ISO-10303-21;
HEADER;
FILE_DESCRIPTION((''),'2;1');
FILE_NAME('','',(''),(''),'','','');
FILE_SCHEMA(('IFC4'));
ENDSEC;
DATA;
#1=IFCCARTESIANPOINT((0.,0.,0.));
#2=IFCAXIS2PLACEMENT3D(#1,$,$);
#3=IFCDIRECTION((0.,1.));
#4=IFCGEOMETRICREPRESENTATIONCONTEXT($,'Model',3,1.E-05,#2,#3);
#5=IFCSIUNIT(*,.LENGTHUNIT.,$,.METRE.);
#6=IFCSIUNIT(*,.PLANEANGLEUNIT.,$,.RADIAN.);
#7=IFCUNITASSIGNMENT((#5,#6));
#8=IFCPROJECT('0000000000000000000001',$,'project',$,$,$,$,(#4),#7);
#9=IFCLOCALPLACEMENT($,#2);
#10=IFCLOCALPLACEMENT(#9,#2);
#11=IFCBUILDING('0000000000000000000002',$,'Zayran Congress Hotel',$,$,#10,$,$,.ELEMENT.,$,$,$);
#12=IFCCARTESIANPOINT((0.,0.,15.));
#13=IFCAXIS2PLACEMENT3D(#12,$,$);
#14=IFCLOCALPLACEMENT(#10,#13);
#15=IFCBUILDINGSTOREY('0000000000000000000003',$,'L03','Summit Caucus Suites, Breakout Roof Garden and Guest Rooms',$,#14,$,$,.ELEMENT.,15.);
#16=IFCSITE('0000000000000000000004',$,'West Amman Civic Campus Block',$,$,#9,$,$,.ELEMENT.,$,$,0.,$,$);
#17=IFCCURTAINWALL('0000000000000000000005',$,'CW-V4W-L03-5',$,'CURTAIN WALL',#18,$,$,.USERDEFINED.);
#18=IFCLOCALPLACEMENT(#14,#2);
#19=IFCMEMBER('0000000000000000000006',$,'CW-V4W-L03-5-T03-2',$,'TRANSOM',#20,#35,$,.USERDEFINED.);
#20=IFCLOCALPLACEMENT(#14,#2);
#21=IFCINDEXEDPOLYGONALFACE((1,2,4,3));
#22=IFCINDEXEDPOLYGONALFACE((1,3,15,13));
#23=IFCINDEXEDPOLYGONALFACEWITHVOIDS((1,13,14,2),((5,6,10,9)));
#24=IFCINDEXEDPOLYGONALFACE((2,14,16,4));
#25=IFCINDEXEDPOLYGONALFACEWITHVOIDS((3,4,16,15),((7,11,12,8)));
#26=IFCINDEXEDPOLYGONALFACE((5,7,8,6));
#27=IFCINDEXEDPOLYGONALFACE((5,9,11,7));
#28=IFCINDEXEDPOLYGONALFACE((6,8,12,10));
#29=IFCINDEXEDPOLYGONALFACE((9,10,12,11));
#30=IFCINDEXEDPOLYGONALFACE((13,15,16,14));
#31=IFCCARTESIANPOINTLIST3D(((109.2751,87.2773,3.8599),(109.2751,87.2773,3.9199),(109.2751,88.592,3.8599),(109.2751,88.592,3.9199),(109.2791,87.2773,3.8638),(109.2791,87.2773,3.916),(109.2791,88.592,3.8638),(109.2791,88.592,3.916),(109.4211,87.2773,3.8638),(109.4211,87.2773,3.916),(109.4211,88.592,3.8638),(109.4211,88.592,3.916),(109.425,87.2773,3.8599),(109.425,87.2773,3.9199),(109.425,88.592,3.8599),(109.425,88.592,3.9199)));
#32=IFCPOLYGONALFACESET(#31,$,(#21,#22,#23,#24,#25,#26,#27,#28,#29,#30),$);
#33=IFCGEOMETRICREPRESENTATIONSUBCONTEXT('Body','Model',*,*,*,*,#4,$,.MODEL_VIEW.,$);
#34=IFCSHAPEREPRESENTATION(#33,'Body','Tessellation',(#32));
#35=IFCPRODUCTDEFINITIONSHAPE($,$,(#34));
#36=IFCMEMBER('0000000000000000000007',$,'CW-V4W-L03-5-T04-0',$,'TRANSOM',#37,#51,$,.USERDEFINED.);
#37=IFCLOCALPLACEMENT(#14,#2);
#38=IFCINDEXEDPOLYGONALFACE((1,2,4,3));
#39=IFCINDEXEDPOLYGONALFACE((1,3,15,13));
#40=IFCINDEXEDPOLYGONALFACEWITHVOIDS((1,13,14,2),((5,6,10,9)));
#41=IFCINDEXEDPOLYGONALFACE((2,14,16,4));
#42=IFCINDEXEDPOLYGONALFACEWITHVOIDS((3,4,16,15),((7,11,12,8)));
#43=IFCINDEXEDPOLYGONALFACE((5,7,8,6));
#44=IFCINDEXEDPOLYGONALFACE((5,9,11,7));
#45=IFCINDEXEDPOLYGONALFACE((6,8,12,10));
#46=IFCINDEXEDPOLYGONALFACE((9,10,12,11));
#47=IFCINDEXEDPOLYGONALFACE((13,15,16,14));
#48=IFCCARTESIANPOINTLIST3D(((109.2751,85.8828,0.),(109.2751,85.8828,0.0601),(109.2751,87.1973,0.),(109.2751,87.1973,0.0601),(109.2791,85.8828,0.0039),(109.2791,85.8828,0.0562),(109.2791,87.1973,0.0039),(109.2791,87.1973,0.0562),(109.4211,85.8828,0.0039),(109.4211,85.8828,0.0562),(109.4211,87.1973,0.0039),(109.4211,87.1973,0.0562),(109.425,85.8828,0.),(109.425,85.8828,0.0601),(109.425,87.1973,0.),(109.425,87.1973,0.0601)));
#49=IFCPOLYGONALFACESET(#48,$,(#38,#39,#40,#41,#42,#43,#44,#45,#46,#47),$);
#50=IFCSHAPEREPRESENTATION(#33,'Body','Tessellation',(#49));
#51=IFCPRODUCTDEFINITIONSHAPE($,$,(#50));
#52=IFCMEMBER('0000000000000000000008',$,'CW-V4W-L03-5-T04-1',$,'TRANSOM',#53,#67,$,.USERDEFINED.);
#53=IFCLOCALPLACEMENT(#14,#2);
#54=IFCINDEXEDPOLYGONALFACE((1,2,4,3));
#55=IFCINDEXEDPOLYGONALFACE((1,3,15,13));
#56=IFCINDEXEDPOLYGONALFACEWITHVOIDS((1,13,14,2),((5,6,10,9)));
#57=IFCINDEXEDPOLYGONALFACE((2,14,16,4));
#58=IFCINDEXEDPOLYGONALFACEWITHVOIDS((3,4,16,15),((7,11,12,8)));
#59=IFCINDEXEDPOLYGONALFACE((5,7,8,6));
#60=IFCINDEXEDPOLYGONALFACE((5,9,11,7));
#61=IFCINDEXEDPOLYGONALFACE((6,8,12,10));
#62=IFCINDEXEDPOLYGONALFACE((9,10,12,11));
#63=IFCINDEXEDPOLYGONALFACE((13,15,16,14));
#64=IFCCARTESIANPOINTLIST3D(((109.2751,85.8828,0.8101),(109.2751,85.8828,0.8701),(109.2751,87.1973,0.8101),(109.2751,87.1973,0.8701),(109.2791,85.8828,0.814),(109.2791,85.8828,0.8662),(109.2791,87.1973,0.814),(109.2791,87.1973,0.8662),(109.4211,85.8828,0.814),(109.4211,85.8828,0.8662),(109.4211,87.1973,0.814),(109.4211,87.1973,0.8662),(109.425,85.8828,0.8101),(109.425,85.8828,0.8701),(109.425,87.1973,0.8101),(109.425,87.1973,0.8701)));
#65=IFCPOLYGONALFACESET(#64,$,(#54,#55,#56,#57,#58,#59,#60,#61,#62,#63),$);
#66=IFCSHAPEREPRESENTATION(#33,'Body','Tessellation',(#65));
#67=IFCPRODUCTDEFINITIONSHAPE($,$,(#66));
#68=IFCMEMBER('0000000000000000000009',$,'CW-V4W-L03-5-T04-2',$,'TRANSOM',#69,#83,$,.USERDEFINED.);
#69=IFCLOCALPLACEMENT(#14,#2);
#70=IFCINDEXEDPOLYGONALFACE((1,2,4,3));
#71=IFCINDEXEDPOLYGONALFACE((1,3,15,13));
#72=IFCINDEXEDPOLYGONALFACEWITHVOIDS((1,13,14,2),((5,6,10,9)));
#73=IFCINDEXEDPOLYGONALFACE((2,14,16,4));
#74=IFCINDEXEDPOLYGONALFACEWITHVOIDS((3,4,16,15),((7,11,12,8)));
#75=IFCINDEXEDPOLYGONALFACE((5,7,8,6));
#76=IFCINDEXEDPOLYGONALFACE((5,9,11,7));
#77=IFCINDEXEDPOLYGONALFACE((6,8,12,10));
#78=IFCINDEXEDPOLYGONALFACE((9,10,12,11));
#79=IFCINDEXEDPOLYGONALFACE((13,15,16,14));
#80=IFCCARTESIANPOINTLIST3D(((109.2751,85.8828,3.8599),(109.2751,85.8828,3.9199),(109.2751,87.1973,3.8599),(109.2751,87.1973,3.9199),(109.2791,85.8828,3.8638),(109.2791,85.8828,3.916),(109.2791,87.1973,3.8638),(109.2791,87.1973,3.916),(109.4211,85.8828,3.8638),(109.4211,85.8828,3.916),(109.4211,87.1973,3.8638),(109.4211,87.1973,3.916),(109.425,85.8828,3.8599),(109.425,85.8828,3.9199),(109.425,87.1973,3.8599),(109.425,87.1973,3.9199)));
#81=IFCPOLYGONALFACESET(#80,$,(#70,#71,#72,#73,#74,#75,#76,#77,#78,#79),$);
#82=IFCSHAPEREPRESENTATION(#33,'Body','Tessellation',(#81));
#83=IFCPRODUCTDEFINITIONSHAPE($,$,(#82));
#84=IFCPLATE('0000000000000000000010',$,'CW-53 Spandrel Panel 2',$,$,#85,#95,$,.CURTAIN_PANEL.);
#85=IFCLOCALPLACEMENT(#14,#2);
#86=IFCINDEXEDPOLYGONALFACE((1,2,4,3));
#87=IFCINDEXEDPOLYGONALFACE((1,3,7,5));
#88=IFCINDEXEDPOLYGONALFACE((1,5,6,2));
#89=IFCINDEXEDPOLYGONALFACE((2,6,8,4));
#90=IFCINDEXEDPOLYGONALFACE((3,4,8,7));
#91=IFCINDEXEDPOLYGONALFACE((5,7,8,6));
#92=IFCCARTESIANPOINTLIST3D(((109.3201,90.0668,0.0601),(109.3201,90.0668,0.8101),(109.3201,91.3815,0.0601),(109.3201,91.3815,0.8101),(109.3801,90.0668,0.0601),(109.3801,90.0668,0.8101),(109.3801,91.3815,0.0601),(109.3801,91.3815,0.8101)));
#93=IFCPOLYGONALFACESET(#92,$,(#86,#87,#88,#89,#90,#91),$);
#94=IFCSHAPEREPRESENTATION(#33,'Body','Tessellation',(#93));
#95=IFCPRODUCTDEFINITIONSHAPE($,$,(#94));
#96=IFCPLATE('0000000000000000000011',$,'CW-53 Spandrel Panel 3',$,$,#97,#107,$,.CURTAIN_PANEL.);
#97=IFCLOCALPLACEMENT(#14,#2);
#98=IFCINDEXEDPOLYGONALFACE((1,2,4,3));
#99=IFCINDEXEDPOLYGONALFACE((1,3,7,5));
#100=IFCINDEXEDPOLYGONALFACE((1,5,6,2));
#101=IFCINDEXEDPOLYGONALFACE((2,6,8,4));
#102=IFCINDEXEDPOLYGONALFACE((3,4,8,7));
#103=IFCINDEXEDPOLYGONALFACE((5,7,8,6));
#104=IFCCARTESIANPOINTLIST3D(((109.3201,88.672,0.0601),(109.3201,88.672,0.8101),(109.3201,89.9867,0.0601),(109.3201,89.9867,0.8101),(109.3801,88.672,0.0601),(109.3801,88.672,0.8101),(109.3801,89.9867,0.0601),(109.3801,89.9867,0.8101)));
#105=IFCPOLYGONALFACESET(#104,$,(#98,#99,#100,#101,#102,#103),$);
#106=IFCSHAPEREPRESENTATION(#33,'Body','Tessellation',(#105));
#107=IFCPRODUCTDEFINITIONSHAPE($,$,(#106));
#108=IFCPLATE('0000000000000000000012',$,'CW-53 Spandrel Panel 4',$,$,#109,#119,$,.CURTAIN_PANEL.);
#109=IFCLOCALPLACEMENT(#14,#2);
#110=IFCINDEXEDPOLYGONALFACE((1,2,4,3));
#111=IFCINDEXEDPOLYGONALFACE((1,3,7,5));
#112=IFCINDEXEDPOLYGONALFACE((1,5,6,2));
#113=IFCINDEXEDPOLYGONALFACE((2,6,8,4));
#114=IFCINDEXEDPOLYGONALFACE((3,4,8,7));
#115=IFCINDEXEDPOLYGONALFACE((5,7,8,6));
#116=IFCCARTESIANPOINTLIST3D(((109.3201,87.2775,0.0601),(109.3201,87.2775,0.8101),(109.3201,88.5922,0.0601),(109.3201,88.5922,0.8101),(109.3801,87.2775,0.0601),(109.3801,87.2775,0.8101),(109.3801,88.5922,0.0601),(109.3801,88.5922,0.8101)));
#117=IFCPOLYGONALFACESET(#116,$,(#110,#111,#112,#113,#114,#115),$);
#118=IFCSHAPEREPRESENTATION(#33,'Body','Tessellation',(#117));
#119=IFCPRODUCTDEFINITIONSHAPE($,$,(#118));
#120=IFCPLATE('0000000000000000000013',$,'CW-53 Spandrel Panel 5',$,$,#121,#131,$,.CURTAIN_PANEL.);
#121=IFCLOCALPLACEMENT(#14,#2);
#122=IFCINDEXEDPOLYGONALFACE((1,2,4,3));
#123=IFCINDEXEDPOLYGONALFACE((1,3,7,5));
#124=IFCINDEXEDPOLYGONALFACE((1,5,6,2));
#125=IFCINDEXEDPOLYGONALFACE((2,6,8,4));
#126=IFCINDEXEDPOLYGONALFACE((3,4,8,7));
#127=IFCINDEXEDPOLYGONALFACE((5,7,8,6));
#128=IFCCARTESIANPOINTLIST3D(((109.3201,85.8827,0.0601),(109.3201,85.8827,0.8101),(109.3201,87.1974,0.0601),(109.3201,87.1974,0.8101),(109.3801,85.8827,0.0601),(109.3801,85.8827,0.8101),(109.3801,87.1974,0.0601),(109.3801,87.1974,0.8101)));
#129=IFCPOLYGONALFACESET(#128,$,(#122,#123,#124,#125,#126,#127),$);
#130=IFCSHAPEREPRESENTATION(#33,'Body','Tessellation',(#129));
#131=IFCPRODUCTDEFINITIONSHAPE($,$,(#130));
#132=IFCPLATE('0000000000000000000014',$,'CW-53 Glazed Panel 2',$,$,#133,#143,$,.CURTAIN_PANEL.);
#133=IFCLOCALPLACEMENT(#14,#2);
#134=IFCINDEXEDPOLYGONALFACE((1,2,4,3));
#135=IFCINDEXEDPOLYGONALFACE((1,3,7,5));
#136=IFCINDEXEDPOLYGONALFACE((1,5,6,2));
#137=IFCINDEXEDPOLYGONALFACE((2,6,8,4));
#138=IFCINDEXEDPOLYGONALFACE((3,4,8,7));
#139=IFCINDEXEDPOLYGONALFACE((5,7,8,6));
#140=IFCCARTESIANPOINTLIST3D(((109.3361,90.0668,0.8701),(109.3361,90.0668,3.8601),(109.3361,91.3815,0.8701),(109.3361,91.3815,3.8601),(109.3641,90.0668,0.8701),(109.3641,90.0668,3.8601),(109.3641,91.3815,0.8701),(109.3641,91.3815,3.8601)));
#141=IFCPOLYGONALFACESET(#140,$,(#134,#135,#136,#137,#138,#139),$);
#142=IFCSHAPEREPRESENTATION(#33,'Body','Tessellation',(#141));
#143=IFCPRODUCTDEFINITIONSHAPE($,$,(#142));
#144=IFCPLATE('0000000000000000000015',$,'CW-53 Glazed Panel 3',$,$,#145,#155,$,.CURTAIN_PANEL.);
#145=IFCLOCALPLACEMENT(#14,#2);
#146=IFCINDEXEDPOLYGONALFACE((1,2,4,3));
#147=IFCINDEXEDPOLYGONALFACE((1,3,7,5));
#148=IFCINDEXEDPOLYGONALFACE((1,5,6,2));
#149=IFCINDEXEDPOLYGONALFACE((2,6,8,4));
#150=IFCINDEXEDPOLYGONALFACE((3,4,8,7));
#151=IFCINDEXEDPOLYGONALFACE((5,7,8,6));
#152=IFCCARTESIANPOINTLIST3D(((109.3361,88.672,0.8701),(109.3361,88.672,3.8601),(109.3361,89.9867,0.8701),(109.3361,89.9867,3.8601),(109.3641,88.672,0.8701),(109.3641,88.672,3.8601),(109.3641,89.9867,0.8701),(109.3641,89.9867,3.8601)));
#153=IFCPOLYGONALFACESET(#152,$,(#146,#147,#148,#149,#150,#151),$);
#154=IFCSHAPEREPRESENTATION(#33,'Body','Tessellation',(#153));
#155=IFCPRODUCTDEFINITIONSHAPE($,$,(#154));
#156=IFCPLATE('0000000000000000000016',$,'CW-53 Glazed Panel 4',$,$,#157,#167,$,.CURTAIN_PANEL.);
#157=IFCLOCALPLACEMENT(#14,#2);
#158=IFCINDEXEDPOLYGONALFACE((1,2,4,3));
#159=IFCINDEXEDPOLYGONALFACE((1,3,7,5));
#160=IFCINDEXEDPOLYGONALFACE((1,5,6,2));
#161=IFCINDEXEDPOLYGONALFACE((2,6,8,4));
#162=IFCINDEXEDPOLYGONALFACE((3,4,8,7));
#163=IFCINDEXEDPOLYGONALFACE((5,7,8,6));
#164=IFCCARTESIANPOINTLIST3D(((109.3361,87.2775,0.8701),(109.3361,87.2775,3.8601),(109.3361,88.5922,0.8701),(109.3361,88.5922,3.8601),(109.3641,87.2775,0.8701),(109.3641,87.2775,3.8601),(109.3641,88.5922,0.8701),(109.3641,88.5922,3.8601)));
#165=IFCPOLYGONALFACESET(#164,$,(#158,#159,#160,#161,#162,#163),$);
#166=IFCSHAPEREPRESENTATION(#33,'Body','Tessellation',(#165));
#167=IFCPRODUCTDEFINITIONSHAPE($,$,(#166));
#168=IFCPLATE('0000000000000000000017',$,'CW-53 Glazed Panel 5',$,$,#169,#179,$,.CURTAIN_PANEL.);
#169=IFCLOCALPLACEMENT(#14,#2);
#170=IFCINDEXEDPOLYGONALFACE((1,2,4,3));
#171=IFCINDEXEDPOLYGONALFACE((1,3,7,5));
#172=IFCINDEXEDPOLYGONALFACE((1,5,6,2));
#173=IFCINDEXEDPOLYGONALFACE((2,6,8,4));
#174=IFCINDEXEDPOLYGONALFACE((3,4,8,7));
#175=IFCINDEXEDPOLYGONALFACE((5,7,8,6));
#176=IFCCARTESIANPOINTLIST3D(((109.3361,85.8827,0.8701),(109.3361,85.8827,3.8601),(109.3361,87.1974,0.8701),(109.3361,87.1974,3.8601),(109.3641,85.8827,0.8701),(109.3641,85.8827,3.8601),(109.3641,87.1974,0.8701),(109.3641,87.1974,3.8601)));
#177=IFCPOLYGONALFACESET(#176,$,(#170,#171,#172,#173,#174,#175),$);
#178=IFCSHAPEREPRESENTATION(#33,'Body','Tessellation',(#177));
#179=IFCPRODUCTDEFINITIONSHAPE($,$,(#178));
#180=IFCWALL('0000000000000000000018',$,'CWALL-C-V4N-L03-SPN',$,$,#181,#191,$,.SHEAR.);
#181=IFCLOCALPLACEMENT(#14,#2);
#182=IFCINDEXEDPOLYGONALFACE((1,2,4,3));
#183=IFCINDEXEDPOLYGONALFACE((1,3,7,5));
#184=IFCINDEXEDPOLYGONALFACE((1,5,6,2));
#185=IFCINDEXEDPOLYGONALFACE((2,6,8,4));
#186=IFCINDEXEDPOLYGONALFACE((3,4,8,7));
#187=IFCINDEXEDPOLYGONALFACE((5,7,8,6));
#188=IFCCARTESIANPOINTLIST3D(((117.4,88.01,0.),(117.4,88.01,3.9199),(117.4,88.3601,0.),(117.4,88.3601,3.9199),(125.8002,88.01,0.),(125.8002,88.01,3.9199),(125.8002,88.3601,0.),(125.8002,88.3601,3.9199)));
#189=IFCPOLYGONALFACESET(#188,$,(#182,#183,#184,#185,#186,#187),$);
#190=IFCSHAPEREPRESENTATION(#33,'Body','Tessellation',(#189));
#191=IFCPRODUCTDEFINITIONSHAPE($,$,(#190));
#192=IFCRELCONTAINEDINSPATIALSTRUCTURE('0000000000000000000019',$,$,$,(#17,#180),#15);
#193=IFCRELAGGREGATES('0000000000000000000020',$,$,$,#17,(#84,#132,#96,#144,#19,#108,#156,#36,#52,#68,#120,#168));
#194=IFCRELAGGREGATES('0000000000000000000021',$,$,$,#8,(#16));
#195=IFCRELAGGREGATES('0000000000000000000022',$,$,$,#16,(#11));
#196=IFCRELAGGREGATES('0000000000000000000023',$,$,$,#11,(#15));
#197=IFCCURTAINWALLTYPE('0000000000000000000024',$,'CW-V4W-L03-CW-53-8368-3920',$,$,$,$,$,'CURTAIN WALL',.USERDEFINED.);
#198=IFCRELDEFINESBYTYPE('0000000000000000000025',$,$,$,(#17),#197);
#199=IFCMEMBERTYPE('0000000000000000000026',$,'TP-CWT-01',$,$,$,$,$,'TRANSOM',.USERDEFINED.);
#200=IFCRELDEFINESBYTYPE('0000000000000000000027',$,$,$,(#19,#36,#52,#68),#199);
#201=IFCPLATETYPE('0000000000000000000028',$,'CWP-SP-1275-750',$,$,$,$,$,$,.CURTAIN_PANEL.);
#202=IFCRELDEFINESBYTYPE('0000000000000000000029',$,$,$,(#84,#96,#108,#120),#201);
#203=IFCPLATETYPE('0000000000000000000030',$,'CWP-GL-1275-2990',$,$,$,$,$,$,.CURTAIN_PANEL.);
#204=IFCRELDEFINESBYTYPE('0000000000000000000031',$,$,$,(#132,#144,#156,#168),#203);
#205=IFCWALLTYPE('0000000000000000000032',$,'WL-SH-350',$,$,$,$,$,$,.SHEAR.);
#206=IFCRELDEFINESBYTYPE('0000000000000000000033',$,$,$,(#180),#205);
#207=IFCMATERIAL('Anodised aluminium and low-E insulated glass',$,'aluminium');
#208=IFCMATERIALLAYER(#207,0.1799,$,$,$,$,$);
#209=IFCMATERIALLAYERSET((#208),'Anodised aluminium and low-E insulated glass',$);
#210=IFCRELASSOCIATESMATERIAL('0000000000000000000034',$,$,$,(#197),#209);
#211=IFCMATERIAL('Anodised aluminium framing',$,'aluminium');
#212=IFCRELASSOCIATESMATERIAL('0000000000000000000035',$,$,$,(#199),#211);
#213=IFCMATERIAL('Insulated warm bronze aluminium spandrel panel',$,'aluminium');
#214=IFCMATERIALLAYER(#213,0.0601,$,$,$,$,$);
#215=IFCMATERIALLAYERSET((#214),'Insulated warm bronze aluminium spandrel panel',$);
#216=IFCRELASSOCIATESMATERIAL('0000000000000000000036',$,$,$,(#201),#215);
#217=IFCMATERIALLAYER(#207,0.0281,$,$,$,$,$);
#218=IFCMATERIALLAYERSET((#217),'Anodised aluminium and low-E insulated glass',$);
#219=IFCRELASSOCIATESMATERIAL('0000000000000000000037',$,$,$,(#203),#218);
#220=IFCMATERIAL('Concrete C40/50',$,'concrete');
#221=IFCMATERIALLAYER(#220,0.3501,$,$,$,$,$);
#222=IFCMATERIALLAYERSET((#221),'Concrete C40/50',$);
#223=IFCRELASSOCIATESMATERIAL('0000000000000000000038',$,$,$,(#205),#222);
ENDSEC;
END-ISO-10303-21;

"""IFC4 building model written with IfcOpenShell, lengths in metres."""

from ifc_helpers import new_model, si_unit, direction, frame, frame_2d, origin, origin_2d, place, context, subcontext, project, spatial, rectangle, hollow_rectangle, extrude, material, layer, layer_set, material_profile, profile_set, type_object, element, aggregate, save


model = new_model("IFC4")

# Units and contexts
model_context = context("Model", 3, precision=1e-05, world=origin(), true_north=direction((0.0, 1.0)))
body_context = subcontext(model_context, "Body", "Model", "MODEL_VIEW")
ifc_project = project(units=[si_unit("LENGTHUNIT", "METRE"), si_unit("PLANEANGLEUNIT", "RADIAN")], contexts=[model_context])

# Site, building, storey
site_placement = place(None, origin())
site = spatial("IfcSite", under=ifc_project, at=site_placement, Name="West Amman Civic Campus Block", CompositionType="ELEMENT", RefElevation=0.0)
building_placement = place(site_placement, origin())
building = spatial("IfcBuilding", under=site, at=building_placement, Name="Zayran Congress Hotel", CompositionType="ELEMENT")
storey_placement = place(building_placement, frame((0.0, 0.0, 15.0)))
storey = spatial("IfcBuildingStorey", under=building, at=storey_placement, Name="L03", Description="Summit Caucus Suites, Breakout Roof Garden and Guest Rooms", CompositionType="ELEMENT", Elevation=15.0)

# Curtain wall, members, plates
ifc_material_1 = material(Name="Anodised aluminium and low-E insulated glass", Category="aluminium")
ifc_layer_1 = layer(ifc_material_1, 0.1799)
ifc_layer_set_1 = layer_set([ifc_layer_1], Name="Anodised aluminium and low-E insulated glass")
curtain_wall_type = type_object("IfcCurtainWallType", Name="CW-V4W-L03-CW-53-8368-3920", ElementType="CURTAIN WALL", PredefinedType="USERDEFINED", material=ifc_layer_set_1)
curtain_wall_placement = place(storey_placement, origin())
curtain_wall = element("IfcCurtainWall", 1, at=curtain_wall_placement, inside=storey, type_object=curtain_wall_type, Name="CW-V4W-L03-5", ObjectType="CURTAIN WALL", PredefinedType="USERDEFINED")
ifc_material_2 = material(Name="Anodised aluminium framing", Category="aluminium")
ifc_material_profile_1 = material_profile(ifc_material_2, hollow_rectangle(XDim=0.0601, YDim=0.1499, WallThickness=0.0039, at=origin_2d()), Name="RHS 150x60x4")
ifc_profile_set_1 = profile_set([ifc_material_profile_1], Name="Anodised aluminium framing")
member_type_1 = type_object("IfcMemberType", Name="TP-CWT-01", ElementType="TRANSOM", PredefinedType="USERDEFINED", material=ifc_profile_set_1)
member_1_placement = place(storey_placement, frame((109.3501, 88.592, 3.8899), z_axis=(0.0, -1.0, 0.0), x_axis=(0.0, 0.0, 1.0)))
member_1 = element("IfcMember", 2, at=member_1_placement, type_object=member_type_1, Name="CW-V4W-L03-5-T03-2", ObjectType="TRANSOM", PredefinedType="USERDEFINED", context=body_context, shape_type="SweptSolid", body=[
    extrude(hollow_rectangle(XDim=0.0601, YDim=0.1499, WallThickness=0.0039, at=origin_2d()), origin(), (0.0, 0.0, 1.0), 1.3147),
])
member_2_placement = place(storey_placement, frame((109.3501, 87.1973, 0.03), z_axis=(0.0, -1.0, 0.0), x_axis=(0.0, 0.0, 1.0)))
member_2 = element("IfcMember", 3, at=member_2_placement, type_object=member_type_1, Name="CW-V4W-L03-5-T04-0", ObjectType="TRANSOM", PredefinedType="USERDEFINED", context=body_context, shape_type="SweptSolid", body=[
    extrude(hollow_rectangle(XDim=0.0601, YDim=0.1499, WallThickness=0.0039, at=origin_2d()), origin(), (0.0, 0.0, 1.0), 1.3145),
])
member_3_placement = place(storey_placement, frame((109.3501, 87.1973, 0.8401), z_axis=(0.0, -1.0, 0.0), x_axis=(0.0, 0.0, 1.0)))
member_3 = element("IfcMember", 4, at=member_3_placement, type_object=member_type_1, Name="CW-V4W-L03-5-T04-1", ObjectType="TRANSOM", PredefinedType="USERDEFINED", context=body_context, shape_type="SweptSolid", body=[
    extrude(hollow_rectangle(XDim=0.0601, YDim=0.1499, WallThickness=0.0039, at=origin_2d()), origin(), (0.0, 0.0, 1.0), 1.3145),
])
member_4_placement = place(storey_placement, frame((109.3501, 87.1973, 3.8899), z_axis=(0.0, -1.0, 0.0), x_axis=(0.0, 0.0, 1.0)))
member_4 = element("IfcMember", 5, at=member_4_placement, type_object=member_type_1, Name="CW-V4W-L03-5-T04-2", ObjectType="TRANSOM", PredefinedType="USERDEFINED", context=body_context, shape_type="SweptSolid", body=[
    extrude(hollow_rectangle(XDim=0.0601, YDim=0.1499, WallThickness=0.0039, at=origin_2d()), origin(), (0.0, 0.0, 1.0), 1.3145),
])
ifc_material_3 = material(Name="Insulated warm bronze aluminium spandrel panel", Category="aluminium")
ifc_layer_2 = layer(ifc_material_3, 0.0601)
ifc_layer_set_2 = layer_set([ifc_layer_2], Name="Insulated warm bronze aluminium spandrel panel")
plate_type_1 = type_object("IfcPlateType", Name="CWP-SP-1275-750", PredefinedType="CURTAIN_PANEL", material=ifc_layer_set_2)
plate_1_placement = place(storey_placement, frame((109.3501, 90.7241, 0.0601), z_axis=(0.0, 0.0, 1.0), x_axis=(0.0, 1.0, 0.0)))
plate_1 = element("IfcPlate", 6, at=plate_1_placement, type_object=plate_type_1, Name="CW-53 Spandrel Panel 2", PredefinedType="CURTAIN_PANEL", context=body_context, shape_type="SweptSolid", body=[
    extrude(rectangle(XDim=1.3147, YDim=0.0601, at=origin_2d()), origin(), (0.0, 0.0, 1.0), 0.75),
])
plate_2_placement = place(storey_placement, frame((109.3501, 89.3293, 0.0601), z_axis=(0.0, 0.0, 1.0), x_axis=(0.0, 1.0, 0.0)))
plate_2 = element("IfcPlate", 7, at=plate_2_placement, type_object=plate_type_1, Name="CW-53 Spandrel Panel 3", PredefinedType="CURTAIN_PANEL", context=body_context, shape_type="SweptSolid", body=[
    extrude(rectangle(XDim=1.3147, YDim=0.0601, at=origin_2d()), origin(), (0.0, 0.0, 1.0), 0.75),
])
plate_3_placement = place(storey_placement, frame((109.3501, 87.9348, 0.0601), z_axis=(0.0, 0.0, 1.0), x_axis=(0.0, 1.0, 0.0)))
plate_3 = element("IfcPlate", 8, at=plate_3_placement, type_object=plate_type_1, Name="CW-53 Spandrel Panel 4", PredefinedType="CURTAIN_PANEL", context=body_context, shape_type="SweptSolid", body=[
    extrude(rectangle(XDim=1.3147, YDim=0.0601, at=origin_2d()), origin(), (0.0, 0.0, 1.0), 0.75),
])
plate_4_placement = place(storey_placement, frame((109.3501, 86.54, 0.0601), z_axis=(0.0, 0.0, 1.0), x_axis=(0.0, 1.0, 0.0)))
plate_4 = element("IfcPlate", 9, at=plate_4_placement, type_object=plate_type_1, Name="CW-53 Spandrel Panel 5", PredefinedType="CURTAIN_PANEL", context=body_context, shape_type="SweptSolid", body=[
    extrude(rectangle(XDim=1.3147, YDim=0.0601, at=origin_2d()), origin(), (0.0, 0.0, 1.0), 0.75),
])
ifc_layer_3 = layer(ifc_material_1, 0.0281)
ifc_layer_set_3 = layer_set([ifc_layer_3], Name="Anodised aluminium and low-E insulated glass")
plate_type_2 = type_object("IfcPlateType", Name="CWP-GL-1275-2990", PredefinedType="CURTAIN_PANEL", material=ifc_layer_set_3)
plate_5_placement = place(storey_placement, frame((109.3501, 90.7241, 0.8701), z_axis=(0.0, 0.0, 1.0), x_axis=(0.0, 1.0, 0.0)))
plate_5 = element("IfcPlate", 10, at=plate_5_placement, type_object=plate_type_2, Name="CW-53 Glazed Panel 2", PredefinedType="CURTAIN_PANEL", context=body_context, shape_type="SweptSolid", body=[
    extrude(rectangle(XDim=1.3147, YDim=0.0281, at=origin_2d()), origin(), (0.0, 0.0, 1.0), 2.99),
])
plate_6_placement = place(storey_placement, frame((109.3501, 89.3293, 0.8701), z_axis=(0.0, 0.0, 1.0), x_axis=(0.0, 1.0, 0.0)))
plate_6 = element("IfcPlate", 11, at=plate_6_placement, type_object=plate_type_2, Name="CW-53 Glazed Panel 3", PredefinedType="CURTAIN_PANEL", context=body_context, shape_type="SweptSolid", body=[
    extrude(rectangle(XDim=1.3147, YDim=0.0281, at=origin_2d()), origin(), (0.0, 0.0, 1.0), 2.99),
])
plate_7_placement = place(storey_placement, frame((109.3501, 87.9348, 0.8701), z_axis=(0.0, 0.0, 1.0), x_axis=(0.0, 1.0, 0.0)))
plate_7 = element("IfcPlate", 12, at=plate_7_placement, type_object=plate_type_2, Name="CW-53 Glazed Panel 4", PredefinedType="CURTAIN_PANEL", context=body_context, shape_type="SweptSolid", body=[
    extrude(rectangle(XDim=1.3147, YDim=0.0281, at=origin_2d()), origin(), (0.0, 0.0, 1.0), 2.99),
])
plate_8_placement = place(storey_placement, frame((109.3501, 86.54, 0.8701), z_axis=(0.0, 0.0, 1.0), x_axis=(0.0, 1.0, 0.0)))
plate_8 = element("IfcPlate", 13, at=plate_8_placement, type_object=plate_type_2, Name="CW-53 Glazed Panel 5", PredefinedType="CURTAIN_PANEL", context=body_context, shape_type="SweptSolid", body=[
    extrude(rectangle(XDim=1.3147, YDim=0.0281, at=origin_2d()), origin(), (0.0, 0.0, 1.0), 2.99),
])
aggregate(curtain_wall, [plate_1, plate_5, plate_2, plate_6, member_1, plate_3, plate_7, member_2, member_3, member_4, plate_4, plate_8])

# Wall
ifc_material_4 = material(Name="Concrete C40/50", Category="concrete")
ifc_layer_4 = layer(ifc_material_4, 0.3501)
ifc_layer_set_4 = layer_set([ifc_layer_4], Name="Concrete C40/50")
wall_type_1 = type_object("IfcWallType", Name="WL-SH-350", PredefinedType="SHEAR", material=ifc_layer_set_4)
wall_1_placement = place(storey_placement, frame((117.3999, 88.1851, 0.0), z_axis=(0.0, 0.0, 1.0), x_axis=(1.0, 0.0, 0.0)))
element("IfcWall", 14, at=wall_1_placement, inside=storey, type_object=wall_type_1, Name="CWALL-C-V4N-L03-SPN", PredefinedType="SHEAR", context=body_context, shape_type="SweptSolid", body=[
    extrude(rectangle(XDim=8.4001, YDim=0.3501, at=frame_2d((4.2002, 0.0))), origin(), (0.0, 0.0, 1.0), 3.9199),
])

save(model, "model.ifc")
